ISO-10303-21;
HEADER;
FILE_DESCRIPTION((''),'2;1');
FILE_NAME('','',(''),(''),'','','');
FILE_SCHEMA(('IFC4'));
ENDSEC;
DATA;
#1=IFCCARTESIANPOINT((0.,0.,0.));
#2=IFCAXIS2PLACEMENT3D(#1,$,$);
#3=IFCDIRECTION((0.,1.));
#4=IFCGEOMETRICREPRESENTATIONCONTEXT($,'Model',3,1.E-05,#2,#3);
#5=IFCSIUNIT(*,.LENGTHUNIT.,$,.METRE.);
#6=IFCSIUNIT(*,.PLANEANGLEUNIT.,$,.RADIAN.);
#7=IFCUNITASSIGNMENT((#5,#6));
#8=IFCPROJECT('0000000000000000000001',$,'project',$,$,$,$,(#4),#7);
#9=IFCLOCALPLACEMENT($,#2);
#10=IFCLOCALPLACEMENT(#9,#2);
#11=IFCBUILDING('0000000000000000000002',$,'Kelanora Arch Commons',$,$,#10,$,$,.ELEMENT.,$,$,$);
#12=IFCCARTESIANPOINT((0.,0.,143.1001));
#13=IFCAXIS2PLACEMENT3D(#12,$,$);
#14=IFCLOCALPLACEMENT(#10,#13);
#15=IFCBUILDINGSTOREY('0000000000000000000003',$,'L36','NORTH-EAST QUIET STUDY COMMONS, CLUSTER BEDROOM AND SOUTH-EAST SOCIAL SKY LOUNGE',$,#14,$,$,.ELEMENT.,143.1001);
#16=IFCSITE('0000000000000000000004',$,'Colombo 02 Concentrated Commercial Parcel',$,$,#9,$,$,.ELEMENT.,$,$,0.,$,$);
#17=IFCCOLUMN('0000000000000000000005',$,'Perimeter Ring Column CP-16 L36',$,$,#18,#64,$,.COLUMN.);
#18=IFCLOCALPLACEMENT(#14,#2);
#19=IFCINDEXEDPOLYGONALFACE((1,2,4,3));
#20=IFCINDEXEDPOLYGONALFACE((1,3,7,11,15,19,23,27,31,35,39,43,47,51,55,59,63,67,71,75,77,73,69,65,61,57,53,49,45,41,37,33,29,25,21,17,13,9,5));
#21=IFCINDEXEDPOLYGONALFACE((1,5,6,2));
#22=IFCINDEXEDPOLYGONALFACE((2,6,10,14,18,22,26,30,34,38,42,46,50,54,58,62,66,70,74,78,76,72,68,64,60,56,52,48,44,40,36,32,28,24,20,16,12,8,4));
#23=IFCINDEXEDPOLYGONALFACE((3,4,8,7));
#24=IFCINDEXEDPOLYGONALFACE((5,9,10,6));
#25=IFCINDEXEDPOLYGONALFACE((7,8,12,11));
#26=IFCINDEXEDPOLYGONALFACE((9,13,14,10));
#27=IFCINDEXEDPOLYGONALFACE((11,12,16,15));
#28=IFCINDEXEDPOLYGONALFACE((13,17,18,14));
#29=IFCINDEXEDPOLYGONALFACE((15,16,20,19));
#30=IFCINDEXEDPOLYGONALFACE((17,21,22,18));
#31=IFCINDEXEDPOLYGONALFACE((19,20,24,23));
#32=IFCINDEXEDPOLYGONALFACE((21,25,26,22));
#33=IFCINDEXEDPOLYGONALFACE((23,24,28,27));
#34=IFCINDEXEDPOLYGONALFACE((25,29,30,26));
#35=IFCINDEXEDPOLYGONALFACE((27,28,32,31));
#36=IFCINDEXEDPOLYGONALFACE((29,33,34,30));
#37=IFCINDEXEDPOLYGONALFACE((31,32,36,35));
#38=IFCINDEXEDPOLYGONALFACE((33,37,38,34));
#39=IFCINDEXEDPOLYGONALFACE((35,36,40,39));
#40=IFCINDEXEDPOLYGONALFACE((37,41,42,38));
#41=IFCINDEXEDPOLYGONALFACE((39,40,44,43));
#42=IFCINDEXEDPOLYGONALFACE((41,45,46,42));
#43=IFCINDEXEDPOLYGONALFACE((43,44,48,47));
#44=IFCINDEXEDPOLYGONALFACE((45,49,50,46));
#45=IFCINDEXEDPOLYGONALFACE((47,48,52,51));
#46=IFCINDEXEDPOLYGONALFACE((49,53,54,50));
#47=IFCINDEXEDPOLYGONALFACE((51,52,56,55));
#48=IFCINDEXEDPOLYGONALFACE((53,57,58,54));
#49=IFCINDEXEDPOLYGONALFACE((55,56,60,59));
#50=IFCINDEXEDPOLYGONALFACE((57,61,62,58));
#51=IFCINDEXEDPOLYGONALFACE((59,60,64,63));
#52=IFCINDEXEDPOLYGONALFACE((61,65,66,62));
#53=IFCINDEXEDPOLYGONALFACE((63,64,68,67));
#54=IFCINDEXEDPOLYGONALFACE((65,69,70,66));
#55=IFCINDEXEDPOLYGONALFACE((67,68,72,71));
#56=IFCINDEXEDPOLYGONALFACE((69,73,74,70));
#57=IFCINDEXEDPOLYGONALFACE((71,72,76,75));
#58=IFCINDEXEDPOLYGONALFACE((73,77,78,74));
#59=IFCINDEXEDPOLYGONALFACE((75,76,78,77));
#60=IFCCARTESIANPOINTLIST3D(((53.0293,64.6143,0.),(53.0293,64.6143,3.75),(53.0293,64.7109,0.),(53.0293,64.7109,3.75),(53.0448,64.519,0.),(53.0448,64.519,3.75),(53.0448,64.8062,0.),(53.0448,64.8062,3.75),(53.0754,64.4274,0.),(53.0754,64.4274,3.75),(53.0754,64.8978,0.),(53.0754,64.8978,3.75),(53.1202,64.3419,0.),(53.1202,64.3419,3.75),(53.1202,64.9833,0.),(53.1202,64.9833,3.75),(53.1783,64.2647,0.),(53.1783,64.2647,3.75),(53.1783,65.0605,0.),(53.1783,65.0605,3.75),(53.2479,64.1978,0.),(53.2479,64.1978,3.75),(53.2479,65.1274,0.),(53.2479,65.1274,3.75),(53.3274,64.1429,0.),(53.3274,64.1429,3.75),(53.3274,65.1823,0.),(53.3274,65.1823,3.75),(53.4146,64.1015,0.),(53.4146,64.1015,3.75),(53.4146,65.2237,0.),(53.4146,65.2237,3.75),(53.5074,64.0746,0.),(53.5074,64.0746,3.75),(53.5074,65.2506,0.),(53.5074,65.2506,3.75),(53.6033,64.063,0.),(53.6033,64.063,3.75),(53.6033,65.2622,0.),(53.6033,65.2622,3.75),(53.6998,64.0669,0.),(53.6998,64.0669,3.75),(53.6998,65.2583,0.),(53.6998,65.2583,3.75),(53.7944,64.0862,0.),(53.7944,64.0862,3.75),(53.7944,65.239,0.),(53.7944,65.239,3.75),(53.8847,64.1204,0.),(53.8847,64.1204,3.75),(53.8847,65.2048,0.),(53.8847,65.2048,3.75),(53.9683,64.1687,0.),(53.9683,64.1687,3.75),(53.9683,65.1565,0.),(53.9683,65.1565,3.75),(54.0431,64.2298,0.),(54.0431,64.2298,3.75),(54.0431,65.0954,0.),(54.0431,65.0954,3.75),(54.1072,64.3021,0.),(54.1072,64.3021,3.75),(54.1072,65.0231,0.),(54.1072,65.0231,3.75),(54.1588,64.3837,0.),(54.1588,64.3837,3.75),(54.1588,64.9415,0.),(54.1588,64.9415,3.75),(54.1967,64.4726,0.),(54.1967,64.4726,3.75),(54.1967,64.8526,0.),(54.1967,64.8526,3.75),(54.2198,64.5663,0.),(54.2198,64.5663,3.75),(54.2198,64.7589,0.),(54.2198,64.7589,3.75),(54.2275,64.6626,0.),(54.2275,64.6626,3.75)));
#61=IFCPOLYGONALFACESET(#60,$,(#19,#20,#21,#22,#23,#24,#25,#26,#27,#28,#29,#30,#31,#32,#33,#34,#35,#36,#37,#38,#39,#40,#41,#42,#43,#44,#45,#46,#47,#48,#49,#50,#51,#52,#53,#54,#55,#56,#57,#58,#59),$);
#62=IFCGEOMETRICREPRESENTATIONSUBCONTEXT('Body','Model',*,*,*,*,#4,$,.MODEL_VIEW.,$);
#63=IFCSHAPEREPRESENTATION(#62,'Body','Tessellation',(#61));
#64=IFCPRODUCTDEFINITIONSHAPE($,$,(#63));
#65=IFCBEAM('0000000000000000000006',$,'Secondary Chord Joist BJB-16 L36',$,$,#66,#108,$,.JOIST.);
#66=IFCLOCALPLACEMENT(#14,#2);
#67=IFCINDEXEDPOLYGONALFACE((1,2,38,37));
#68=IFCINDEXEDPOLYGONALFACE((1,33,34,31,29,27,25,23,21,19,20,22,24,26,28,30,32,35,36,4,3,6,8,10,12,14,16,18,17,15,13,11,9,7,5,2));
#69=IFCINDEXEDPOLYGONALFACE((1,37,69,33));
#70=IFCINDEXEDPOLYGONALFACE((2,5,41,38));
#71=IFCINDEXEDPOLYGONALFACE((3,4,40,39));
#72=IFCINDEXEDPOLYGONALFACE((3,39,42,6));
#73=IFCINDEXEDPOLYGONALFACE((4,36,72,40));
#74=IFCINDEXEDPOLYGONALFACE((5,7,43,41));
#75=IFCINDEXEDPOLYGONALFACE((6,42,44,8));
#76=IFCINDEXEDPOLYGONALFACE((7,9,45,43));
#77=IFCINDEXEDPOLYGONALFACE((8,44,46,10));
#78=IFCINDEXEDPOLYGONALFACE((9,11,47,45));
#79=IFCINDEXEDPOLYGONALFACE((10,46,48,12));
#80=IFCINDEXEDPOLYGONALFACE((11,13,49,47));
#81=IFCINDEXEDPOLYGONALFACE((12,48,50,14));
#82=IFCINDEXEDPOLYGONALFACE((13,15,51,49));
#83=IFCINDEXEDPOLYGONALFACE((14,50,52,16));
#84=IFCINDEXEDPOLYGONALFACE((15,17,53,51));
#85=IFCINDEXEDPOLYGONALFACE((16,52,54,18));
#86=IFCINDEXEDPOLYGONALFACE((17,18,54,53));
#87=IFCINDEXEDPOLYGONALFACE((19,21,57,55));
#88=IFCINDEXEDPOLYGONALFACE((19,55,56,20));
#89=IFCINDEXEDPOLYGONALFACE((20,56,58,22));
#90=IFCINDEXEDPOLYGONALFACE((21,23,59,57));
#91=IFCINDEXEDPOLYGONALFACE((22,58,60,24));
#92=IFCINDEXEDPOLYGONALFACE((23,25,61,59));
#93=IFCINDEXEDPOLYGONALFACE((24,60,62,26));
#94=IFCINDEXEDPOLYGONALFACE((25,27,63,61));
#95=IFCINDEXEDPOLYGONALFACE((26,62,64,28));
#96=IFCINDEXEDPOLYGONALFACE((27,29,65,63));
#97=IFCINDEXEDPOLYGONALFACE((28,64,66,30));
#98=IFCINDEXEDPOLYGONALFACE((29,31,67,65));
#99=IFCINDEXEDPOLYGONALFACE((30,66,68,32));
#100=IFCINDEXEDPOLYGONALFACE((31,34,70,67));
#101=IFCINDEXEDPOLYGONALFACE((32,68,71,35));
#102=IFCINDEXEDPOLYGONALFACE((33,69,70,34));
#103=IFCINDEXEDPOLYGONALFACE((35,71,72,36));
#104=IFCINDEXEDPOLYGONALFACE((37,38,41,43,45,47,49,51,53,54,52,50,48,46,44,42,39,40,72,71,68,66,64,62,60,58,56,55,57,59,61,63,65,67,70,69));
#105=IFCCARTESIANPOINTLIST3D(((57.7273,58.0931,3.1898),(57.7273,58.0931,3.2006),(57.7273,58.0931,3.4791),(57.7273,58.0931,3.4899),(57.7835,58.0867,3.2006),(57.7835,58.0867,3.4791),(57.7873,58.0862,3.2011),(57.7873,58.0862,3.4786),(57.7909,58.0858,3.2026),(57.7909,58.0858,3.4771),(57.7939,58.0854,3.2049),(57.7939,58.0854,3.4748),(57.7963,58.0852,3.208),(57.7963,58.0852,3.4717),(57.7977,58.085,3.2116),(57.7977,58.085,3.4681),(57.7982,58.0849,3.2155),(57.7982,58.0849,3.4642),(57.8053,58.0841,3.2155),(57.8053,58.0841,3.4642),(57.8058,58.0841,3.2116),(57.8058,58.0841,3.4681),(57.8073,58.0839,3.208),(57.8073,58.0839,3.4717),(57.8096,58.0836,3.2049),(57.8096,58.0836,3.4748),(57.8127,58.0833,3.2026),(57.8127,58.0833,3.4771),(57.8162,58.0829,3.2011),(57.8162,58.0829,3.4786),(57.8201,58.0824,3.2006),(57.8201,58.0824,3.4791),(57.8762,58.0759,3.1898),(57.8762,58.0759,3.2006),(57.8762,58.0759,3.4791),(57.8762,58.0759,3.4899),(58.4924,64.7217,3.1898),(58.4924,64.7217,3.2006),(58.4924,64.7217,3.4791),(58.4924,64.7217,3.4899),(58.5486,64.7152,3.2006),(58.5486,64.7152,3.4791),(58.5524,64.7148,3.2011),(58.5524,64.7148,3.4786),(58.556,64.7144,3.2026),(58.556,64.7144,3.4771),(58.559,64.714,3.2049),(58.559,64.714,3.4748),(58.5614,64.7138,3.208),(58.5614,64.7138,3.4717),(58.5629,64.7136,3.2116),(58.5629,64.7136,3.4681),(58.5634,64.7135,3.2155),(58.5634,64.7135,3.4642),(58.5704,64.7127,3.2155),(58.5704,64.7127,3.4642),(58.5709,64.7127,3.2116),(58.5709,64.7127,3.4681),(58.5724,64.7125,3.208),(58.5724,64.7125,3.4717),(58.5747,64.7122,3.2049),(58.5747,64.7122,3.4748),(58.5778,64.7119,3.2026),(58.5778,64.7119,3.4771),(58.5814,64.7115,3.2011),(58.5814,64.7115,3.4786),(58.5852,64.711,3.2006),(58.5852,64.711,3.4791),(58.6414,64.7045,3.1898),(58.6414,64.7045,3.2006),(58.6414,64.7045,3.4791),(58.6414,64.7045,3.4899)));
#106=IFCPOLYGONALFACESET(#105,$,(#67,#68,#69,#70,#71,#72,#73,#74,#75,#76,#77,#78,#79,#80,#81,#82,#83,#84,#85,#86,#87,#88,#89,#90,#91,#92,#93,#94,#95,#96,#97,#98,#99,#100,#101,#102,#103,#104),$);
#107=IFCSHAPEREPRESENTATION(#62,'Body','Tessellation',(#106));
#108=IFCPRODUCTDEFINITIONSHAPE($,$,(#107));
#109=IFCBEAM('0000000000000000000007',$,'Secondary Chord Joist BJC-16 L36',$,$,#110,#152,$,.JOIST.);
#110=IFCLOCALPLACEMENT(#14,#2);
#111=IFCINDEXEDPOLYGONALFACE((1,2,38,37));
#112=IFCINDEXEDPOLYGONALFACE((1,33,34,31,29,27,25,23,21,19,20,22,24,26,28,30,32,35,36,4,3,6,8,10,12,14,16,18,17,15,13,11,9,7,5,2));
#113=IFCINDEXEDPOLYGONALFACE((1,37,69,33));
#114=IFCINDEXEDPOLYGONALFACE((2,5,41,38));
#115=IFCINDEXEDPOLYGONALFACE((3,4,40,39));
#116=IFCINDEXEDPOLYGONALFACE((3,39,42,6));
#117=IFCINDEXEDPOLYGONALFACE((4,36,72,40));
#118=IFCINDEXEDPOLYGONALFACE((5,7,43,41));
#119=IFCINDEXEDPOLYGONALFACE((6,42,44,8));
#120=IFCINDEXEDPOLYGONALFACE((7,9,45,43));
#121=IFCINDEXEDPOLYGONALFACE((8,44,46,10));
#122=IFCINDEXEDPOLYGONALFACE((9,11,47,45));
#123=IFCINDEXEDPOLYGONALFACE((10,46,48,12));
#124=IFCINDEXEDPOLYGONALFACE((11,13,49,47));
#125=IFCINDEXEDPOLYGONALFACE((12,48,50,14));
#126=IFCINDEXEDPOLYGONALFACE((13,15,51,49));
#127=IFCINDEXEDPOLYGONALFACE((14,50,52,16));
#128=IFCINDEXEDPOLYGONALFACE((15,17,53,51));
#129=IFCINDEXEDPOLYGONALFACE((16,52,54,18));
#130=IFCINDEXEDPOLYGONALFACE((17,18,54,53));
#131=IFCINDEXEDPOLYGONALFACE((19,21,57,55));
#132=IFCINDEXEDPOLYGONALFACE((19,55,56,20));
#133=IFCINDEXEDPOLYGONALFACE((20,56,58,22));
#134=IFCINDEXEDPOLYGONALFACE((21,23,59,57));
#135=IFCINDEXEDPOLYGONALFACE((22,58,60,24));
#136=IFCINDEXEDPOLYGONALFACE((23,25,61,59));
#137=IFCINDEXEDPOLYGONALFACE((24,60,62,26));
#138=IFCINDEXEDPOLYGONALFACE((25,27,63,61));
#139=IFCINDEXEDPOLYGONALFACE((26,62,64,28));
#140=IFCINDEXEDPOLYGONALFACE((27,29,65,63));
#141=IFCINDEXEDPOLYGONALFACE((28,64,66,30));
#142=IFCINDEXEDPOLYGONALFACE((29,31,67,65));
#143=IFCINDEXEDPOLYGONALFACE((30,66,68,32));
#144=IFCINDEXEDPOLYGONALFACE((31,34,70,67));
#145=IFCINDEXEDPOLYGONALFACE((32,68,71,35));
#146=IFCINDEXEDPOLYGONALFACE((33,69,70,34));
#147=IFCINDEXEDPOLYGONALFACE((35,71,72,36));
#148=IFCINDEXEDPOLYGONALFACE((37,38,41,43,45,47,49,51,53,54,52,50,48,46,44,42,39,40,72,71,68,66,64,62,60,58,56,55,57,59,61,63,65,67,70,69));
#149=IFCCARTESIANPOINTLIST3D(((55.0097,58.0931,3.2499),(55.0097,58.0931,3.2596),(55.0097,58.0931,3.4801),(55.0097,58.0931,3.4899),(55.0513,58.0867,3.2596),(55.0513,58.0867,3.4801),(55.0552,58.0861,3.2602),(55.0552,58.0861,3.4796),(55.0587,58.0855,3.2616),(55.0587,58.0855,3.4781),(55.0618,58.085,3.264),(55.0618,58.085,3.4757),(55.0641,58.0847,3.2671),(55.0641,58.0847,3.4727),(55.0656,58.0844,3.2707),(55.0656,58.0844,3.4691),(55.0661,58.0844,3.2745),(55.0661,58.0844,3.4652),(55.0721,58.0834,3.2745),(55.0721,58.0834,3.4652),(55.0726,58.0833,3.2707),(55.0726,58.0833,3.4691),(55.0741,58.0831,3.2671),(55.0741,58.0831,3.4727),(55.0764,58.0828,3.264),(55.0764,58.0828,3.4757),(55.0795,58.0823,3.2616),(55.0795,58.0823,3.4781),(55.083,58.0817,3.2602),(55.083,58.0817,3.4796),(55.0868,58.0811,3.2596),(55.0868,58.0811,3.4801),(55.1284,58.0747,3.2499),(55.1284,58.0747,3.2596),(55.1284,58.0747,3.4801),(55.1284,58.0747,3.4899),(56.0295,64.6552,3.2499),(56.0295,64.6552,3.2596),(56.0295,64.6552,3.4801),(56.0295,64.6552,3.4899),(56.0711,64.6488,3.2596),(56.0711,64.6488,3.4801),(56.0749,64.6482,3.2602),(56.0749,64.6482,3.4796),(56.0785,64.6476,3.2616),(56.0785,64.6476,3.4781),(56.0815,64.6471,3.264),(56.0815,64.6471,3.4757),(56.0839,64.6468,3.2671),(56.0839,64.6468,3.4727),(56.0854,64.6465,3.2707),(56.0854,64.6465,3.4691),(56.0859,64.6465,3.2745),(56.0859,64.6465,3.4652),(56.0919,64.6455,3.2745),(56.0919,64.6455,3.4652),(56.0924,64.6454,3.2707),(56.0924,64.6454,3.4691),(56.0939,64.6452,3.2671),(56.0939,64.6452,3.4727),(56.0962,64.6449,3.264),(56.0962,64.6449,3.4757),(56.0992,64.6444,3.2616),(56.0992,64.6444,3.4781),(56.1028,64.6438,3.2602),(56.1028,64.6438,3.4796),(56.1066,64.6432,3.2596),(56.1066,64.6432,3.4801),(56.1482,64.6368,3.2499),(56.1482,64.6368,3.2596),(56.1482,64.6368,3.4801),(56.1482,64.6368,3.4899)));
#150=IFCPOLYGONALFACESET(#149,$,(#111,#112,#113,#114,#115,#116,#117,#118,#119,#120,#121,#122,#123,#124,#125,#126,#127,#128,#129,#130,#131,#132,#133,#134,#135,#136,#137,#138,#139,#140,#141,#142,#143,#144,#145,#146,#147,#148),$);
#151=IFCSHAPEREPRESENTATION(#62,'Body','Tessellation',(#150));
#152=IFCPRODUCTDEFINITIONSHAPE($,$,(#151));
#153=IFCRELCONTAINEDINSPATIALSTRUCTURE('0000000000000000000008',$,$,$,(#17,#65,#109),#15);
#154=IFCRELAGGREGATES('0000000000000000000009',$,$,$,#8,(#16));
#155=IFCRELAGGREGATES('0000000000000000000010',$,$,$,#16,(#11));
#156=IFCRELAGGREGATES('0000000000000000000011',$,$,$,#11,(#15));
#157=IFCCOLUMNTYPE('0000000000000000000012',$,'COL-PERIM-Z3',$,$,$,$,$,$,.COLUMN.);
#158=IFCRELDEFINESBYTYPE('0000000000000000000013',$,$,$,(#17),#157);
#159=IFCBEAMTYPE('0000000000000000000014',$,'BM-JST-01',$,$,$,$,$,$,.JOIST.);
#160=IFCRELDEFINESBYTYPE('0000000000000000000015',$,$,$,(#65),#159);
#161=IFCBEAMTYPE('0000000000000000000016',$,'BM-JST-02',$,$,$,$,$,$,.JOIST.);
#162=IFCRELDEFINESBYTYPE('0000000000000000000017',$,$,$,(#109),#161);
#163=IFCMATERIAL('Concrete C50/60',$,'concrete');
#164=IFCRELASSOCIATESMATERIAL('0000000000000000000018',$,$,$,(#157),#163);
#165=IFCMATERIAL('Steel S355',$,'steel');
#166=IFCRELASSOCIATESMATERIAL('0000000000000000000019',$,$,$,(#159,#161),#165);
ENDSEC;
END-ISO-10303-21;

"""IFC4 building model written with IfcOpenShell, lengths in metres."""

from ifc_helpers import new_model, si_unit, direction, frame, origin, origin_2d, place, context, subcontext, project, spatial, circle, i_section, extrude, material, material_profile, profile_set, type_object, element, save


model = new_model("IFC4")

# Units and contexts
model_context = context("Model", 3, precision=1e-05, world=origin(), true_north=direction((0.0, 1.0)))
body_context = subcontext(model_context, "Body", "Model", "MODEL_VIEW")
ifc_project = project(units=[si_unit("LENGTHUNIT", "METRE"), si_unit("PLANEANGLEUNIT", "RADIAN")], contexts=[model_context])

# Site, building, storey
site_placement = place(None, origin())
site = spatial("IfcSite", under=ifc_project, at=site_placement, Name="Colombo 02 Concentrated Commercial Parcel", CompositionType="ELEMENT", RefElevation=0.0)
building_placement = place(site_placement, origin())
building = spatial("IfcBuilding", under=site, at=building_placement, Name="Kelanora Arch Commons", CompositionType="ELEMENT")
storey_placement = place(building_placement, frame((0.0, 0.0, 143.1001)))
storey = spatial("IfcBuildingStorey", under=building, at=storey_placement, Name="L36", Description="NORTH-EAST QUIET STUDY COMMONS, CLUSTER BEDROOM AND SOUTH-EAST SOCIAL SKY LOUNGE", CompositionType="ELEMENT", Elevation=143.1001)

# Column
ifc_material_1 = material(Name="Concrete C50/60", Category="concrete")
ifc_material_profile_1 = material_profile(ifc_material_1, circle(Radius=0.6001, at=origin_2d()), Name="RCC1200")
ifc_profile_set_1 = profile_set([ifc_material_profile_1], Name="Concrete C50/60")
column_type = type_object("IfcColumnType", Name="COL-PERIM-Z3", PredefinedType="COLUMN", material=ifc_profile_set_1)
column_placement = place(storey_placement, frame((53.6274, 64.6626, 0.0), z_axis=(0.0, 0.0, 1.0), x_axis=(1.0, 0.0, 0.0)))
element("IfcColumn", 1, at=column_placement, inside=storey, type_object=column_type, Name="Perimeter Ring Column CP-16 L36", PredefinedType="COLUMN", context=body_context, shape_type="SweptSolid", body=[
    extrude(circle(Radius=0.6001, at=origin_2d()), origin(), (0.0, 0.0, 1.0), 3.75),
])

# Beams
ifc_material_2 = material(Name="Steel S355", Category="steel")
ifc_material_profile_2 = material_profile(ifc_material_2, i_section(OverallWidth=0.1499, OverallDepth=0.3, WebThickness=0.0071, FlangeThickness=0.0107, FilletRadius=0.0149, at=origin_2d()), Name="IPE300")
ifc_profile_set_2 = profile_set([ifc_material_profile_2], Name="Steel S355")
beam_type_1 = type_object("IfcBeamType", Name="BM-JST-01", PredefinedType="JOIST", material=ifc_profile_set_2)
beam_1_placement = place(storey_placement, frame((58.5669, 64.7131, 3.3398), z_axis=(-0.114667, -0.993404, 0.0), x_axis=(0.993404, -0.114667, 0.0)))
element("IfcBeam", 2, at=beam_1_placement, inside=storey, type_object=beam_type_1, Name="Secondary Chord Joist BJB-16 L36", PredefinedType="JOIST", context=body_context, shape_type="SweptSolid", body=[
    extrude(i_section(OverallWidth=0.1499, OverallDepth=0.3, WebThickness=0.0071, FlangeThickness=0.0107, FilletRadius=0.0149, at=origin_2d()), origin(), (0.0, 0.0, 1.0), 6.6726),
])
ifc_material_profile_3 = material_profile(ifc_material_2, i_section(OverallWidth=0.1201, OverallDepth=0.24, WebThickness=0.0061, FlangeThickness=0.0098, FilletRadius=0.0149, at=origin_2d()), Name="IPE240")
ifc_profile_set_3 = profile_set([ifc_material_profile_3], Name="Steel S355")
beam_type_2 = type_object("IfcBeamType", Name="BM-JST-02", PredefinedType="JOIST", material=ifc_profile_set_3)
beam_2_placement = place(storey_placement, frame((56.0889, 64.646, 3.3699), z_axis=(-0.153563, -0.988139, 0.0), x_axis=(0.988139, -0.153563, 0.0)))
element("IfcBeam", 3, at=beam_2_placement, inside=storey, type_object=beam_type_2, Name="Secondary Chord Joist BJC-16 L36", PredefinedType="JOIST", context=body_context, shape_type="SweptSolid", body=[
    extrude(i_section(OverallWidth=0.1201, OverallDepth=0.24, WebThickness=0.0061, FlangeThickness=0.0098, FilletRadius=0.0149, at=origin_2d()), origin(), (0.0, 0.0, 1.0), 6.6409),
])

save(model, "model.ifc")
